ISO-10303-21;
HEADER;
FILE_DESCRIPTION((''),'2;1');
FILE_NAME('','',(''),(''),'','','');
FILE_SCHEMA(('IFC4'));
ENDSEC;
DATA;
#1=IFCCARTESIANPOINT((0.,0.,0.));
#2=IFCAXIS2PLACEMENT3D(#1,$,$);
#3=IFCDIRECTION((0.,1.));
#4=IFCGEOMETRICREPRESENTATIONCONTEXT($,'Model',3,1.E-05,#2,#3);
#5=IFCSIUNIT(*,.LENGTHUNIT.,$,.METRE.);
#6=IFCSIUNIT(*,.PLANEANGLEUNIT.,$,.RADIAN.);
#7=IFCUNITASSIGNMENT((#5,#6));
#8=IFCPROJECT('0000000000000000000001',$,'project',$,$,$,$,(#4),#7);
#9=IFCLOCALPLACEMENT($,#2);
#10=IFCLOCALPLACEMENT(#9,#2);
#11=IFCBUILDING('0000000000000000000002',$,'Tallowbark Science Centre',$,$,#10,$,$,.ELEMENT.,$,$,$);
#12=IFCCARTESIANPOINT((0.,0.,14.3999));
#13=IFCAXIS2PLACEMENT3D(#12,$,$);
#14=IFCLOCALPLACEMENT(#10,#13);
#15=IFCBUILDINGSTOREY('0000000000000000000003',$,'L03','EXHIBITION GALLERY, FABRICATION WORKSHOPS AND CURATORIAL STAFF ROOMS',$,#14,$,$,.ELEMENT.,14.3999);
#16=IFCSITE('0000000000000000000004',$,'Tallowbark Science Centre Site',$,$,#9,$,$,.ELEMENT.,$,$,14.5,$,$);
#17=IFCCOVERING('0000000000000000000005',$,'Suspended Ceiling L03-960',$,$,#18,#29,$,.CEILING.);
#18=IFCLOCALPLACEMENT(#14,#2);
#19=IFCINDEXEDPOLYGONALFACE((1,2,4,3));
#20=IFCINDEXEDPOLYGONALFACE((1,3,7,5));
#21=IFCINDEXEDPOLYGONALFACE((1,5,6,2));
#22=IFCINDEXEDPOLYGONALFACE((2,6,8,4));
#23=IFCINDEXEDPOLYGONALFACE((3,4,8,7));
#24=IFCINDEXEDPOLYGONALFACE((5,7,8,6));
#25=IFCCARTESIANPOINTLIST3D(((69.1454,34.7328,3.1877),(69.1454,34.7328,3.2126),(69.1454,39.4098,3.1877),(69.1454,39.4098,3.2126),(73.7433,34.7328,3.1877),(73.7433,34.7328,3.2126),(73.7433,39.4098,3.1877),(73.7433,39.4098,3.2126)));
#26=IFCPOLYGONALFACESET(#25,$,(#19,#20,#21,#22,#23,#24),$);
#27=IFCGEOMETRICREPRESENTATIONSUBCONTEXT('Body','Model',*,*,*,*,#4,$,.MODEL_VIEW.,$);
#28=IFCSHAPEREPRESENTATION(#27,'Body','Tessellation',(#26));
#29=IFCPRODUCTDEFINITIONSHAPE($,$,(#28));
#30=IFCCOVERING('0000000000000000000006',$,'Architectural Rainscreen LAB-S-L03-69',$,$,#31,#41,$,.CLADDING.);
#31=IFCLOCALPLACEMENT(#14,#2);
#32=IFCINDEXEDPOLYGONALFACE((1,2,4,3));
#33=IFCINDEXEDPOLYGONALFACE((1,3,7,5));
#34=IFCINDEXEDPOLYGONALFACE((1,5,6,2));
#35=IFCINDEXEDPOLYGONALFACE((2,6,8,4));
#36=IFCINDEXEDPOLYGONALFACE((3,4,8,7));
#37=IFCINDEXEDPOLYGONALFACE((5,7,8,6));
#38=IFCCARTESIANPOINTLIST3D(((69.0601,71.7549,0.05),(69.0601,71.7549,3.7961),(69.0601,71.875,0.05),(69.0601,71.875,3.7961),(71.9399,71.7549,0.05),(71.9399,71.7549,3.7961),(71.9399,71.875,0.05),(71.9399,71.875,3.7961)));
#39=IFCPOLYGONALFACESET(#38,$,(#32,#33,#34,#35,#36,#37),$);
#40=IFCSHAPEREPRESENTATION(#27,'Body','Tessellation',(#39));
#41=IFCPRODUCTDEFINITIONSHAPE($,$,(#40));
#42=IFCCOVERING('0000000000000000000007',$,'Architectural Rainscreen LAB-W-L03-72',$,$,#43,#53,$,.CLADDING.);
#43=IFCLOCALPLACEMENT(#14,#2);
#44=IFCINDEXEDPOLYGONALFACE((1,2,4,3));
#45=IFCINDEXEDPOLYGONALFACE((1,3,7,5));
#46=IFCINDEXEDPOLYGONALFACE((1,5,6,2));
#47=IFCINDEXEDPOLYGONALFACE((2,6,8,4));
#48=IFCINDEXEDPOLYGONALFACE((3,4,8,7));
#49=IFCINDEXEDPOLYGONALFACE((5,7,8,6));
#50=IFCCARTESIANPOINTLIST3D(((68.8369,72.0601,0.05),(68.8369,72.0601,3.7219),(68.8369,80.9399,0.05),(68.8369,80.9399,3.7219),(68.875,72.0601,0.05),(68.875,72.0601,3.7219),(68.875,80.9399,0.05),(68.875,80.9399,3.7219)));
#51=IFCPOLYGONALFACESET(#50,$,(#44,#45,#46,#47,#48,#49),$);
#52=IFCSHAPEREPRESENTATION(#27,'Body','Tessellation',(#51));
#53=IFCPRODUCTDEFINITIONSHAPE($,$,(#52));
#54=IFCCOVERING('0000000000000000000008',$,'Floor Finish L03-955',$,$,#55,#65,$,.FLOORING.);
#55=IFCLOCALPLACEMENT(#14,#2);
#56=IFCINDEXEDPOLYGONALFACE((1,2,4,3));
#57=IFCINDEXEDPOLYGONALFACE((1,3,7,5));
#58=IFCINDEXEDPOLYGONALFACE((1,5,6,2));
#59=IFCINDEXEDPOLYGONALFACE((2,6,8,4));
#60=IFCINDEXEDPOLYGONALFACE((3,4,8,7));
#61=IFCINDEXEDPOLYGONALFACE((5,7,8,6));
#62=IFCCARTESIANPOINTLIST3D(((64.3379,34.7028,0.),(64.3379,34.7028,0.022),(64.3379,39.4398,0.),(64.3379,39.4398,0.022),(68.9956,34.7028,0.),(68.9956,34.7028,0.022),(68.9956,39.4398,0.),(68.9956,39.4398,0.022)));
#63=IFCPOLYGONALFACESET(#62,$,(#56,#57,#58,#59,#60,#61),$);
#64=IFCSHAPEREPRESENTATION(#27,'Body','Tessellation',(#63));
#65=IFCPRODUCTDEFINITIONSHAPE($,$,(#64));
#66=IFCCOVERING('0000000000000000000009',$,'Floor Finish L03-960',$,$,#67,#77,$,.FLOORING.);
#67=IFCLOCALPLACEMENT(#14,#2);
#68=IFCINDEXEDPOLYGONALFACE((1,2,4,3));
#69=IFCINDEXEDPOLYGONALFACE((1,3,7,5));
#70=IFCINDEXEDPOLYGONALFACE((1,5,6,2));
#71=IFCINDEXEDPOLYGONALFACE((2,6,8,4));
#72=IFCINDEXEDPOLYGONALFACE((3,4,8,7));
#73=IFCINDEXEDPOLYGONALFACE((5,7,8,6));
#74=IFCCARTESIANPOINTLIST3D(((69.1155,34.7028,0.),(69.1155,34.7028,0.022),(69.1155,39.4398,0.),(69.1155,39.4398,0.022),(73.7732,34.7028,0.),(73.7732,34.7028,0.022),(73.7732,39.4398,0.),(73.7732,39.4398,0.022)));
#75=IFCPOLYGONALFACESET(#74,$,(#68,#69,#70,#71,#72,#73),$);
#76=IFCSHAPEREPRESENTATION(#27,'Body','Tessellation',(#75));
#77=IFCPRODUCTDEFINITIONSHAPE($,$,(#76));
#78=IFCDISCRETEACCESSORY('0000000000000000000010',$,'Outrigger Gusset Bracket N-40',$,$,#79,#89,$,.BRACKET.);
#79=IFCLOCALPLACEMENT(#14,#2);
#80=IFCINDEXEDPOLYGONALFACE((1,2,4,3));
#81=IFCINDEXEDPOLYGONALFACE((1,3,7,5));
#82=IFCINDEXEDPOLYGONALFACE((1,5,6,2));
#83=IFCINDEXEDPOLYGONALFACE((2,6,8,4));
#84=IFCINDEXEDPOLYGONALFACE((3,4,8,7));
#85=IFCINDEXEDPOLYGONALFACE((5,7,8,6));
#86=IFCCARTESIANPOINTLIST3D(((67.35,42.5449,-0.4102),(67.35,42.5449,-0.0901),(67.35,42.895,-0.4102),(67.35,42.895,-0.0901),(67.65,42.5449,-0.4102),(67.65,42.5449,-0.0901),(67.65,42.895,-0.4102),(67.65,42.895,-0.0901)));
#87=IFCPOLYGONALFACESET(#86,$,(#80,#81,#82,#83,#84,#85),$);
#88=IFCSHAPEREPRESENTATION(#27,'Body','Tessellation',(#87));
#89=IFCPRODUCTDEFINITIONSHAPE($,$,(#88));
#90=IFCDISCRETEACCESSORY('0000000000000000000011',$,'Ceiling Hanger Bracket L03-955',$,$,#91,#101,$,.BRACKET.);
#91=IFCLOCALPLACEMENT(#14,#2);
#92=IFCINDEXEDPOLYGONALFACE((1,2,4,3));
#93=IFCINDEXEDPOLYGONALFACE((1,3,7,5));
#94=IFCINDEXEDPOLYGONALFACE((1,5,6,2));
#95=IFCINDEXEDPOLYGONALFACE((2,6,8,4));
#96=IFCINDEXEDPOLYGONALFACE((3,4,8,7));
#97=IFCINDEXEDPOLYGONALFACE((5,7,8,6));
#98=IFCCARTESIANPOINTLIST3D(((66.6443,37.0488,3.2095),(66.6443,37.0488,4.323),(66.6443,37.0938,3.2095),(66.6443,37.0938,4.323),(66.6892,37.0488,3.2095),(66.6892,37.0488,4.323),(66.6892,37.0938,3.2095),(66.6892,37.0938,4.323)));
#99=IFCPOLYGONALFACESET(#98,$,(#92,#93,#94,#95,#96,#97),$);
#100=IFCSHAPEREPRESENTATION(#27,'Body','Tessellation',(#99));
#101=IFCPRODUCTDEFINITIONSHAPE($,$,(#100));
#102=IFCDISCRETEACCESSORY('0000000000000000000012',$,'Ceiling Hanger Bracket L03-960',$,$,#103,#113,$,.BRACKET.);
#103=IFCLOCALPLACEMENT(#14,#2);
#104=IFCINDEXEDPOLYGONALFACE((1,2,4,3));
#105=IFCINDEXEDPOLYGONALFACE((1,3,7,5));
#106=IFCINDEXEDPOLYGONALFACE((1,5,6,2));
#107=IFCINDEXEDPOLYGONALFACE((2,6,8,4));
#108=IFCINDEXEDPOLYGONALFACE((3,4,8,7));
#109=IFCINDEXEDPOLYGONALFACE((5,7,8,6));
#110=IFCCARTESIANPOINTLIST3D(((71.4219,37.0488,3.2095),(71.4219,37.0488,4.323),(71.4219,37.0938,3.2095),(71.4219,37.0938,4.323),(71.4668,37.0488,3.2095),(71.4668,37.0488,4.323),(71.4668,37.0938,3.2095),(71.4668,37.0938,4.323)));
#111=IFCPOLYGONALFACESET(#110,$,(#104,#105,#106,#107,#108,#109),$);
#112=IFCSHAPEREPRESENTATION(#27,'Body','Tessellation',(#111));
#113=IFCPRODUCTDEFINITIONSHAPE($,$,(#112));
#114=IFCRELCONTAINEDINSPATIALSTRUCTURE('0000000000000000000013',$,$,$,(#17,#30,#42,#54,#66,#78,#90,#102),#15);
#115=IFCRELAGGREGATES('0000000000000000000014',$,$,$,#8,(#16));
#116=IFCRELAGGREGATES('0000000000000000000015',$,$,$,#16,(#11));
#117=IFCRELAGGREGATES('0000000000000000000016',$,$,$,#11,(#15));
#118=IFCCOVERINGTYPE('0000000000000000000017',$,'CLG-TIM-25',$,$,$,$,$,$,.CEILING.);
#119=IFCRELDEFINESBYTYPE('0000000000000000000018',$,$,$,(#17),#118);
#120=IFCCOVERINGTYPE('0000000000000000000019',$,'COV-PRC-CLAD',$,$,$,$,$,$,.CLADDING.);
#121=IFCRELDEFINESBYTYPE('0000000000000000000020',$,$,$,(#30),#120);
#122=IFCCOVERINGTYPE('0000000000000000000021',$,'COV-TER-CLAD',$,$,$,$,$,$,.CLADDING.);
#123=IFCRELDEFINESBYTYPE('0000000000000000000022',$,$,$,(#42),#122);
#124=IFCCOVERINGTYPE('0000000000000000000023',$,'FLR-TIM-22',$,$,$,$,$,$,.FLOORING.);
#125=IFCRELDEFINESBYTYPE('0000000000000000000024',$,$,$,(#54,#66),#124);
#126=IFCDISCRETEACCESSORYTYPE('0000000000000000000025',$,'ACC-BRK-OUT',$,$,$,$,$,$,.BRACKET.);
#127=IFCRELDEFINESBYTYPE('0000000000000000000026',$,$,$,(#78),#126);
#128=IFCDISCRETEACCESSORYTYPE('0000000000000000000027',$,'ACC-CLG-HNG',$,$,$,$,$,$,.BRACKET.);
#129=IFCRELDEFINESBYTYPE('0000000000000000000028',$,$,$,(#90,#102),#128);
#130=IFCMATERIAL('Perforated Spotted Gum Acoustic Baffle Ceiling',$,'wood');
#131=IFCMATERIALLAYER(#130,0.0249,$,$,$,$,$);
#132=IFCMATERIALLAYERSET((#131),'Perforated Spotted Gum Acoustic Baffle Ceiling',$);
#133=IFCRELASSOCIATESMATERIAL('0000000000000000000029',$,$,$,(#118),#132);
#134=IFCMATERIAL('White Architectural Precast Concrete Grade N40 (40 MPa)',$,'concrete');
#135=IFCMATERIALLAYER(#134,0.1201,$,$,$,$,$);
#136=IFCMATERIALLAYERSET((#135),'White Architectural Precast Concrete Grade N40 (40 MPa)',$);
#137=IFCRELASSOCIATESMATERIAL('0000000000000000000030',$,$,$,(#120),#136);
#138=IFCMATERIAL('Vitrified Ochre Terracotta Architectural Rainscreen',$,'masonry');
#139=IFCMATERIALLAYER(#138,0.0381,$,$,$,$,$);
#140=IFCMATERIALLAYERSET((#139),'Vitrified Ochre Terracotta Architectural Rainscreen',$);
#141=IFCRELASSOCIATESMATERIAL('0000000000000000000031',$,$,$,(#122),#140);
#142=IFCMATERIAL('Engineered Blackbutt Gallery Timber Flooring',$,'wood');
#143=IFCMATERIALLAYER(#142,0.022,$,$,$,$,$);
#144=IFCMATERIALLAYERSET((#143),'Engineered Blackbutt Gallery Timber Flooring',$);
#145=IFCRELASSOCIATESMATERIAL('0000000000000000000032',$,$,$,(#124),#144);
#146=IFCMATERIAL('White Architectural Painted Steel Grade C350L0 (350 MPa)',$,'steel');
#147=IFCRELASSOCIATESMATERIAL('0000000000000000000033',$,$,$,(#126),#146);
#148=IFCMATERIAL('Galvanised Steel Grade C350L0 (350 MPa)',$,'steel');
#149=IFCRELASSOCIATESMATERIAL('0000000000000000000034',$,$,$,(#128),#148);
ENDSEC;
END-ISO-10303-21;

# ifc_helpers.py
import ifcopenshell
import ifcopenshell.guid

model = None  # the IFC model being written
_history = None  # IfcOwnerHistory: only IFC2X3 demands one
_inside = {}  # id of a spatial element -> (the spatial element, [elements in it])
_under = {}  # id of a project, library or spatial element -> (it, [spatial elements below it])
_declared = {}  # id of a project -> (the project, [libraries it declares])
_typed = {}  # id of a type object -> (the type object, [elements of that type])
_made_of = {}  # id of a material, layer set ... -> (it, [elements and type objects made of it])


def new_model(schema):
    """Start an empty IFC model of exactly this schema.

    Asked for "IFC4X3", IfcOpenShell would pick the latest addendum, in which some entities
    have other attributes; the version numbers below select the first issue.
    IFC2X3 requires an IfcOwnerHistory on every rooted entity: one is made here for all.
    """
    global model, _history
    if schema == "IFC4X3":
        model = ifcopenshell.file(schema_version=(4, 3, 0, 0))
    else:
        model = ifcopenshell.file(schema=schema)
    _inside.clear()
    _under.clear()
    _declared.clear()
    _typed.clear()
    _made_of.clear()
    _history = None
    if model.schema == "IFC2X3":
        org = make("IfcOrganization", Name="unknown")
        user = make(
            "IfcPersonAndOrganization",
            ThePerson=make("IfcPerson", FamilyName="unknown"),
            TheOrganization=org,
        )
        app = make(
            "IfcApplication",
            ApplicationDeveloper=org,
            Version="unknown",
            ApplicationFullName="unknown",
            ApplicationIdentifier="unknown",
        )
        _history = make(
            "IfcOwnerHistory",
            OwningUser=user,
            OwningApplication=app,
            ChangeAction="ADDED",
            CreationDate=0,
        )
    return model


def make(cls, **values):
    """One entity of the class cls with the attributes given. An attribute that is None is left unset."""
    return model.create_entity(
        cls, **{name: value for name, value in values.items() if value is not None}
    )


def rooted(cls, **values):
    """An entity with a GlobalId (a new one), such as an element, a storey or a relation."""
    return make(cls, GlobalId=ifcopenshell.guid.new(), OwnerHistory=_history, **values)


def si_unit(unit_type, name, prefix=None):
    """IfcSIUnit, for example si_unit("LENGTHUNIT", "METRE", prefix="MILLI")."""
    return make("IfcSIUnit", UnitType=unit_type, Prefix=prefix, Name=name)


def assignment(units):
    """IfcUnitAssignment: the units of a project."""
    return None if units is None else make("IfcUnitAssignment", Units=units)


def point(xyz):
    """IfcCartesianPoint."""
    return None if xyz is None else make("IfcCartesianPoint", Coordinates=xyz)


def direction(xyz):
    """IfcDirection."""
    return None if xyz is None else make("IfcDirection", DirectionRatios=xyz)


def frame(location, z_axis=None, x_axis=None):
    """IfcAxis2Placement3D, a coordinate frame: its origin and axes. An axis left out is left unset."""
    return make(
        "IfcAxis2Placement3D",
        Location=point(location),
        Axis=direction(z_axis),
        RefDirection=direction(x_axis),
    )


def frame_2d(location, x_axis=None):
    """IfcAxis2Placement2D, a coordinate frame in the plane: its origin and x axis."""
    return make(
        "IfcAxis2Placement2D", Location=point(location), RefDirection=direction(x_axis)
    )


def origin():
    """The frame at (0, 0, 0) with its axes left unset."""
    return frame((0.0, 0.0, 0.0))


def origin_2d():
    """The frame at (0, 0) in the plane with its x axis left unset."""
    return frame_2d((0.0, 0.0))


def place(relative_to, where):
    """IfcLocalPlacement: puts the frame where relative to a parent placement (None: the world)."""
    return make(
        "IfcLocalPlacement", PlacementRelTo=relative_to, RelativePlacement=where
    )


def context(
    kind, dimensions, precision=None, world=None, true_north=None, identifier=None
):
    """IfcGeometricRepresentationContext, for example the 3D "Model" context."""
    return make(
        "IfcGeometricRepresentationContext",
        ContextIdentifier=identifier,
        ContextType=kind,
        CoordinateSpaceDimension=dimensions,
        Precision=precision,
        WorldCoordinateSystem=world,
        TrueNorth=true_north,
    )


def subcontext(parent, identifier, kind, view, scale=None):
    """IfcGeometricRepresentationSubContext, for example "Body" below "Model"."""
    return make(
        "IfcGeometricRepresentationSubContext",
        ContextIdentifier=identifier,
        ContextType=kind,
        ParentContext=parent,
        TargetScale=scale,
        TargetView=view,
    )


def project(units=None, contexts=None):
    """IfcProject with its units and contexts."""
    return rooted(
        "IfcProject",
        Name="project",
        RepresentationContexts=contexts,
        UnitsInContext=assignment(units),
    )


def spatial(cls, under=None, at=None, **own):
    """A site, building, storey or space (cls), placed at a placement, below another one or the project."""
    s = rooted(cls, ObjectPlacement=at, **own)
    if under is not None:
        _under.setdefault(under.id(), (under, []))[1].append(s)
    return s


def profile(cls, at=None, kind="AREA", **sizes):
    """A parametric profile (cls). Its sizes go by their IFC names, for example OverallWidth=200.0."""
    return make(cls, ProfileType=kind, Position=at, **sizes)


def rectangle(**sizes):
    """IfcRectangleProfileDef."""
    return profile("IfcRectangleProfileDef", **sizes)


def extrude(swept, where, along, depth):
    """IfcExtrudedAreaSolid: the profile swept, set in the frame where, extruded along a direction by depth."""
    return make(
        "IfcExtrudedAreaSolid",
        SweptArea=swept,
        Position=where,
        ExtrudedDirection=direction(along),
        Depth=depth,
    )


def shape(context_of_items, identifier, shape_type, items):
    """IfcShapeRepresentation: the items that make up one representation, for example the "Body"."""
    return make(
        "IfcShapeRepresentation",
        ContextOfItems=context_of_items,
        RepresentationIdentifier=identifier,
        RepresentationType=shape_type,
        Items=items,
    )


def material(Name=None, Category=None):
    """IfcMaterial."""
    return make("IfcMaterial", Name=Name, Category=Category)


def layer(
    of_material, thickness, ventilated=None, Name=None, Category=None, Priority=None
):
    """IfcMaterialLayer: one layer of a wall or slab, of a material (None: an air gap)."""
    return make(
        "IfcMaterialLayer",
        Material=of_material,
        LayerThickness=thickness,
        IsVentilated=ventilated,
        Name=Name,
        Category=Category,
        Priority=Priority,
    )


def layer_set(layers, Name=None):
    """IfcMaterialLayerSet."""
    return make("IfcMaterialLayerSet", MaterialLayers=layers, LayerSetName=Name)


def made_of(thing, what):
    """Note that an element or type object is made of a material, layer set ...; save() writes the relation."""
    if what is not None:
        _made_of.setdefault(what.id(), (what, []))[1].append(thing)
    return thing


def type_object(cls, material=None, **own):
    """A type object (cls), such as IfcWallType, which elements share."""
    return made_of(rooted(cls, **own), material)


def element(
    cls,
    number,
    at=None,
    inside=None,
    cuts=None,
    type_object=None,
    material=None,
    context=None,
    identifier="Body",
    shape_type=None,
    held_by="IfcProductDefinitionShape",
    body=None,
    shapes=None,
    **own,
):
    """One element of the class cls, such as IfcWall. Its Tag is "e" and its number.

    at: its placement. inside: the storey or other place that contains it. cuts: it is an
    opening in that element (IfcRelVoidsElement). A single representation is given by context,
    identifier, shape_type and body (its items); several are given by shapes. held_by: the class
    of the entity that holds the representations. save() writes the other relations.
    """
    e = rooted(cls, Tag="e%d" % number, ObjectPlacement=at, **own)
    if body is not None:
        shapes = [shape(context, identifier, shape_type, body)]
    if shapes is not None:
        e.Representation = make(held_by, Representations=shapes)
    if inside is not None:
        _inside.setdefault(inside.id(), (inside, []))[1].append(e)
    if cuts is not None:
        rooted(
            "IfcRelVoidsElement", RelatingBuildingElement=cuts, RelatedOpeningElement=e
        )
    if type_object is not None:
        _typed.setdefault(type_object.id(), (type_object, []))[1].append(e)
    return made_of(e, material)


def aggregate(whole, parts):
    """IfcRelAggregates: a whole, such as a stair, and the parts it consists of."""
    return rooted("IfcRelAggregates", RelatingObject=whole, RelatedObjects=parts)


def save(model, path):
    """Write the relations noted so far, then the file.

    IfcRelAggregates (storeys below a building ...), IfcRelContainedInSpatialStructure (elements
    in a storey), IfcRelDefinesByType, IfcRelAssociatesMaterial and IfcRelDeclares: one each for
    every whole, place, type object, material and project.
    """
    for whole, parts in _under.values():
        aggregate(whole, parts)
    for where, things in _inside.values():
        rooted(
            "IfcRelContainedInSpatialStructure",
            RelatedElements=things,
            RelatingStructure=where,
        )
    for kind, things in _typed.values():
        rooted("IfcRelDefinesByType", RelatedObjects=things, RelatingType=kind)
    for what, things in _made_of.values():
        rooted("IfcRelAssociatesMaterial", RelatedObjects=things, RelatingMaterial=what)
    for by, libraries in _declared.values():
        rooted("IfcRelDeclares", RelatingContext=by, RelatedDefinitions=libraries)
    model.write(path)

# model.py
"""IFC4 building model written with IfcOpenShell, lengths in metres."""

from ifc_helpers import new_model, si_unit, direction, frame, origin, origin_2d, place, context, subcontext, project, spatial, rectangle, extrude, material, layer, layer_set, type_object, element, save


model = new_model("IFC4")

# Units and contexts
model_context = context("Model", 3, precision=1e-05, world=origin(), true_north=direction((0.0, 1.0)))
body_context = subcontext(model_context, "Body", "Model", "MODEL_VIEW")
ifc_project = project(units=[si_unit("LENGTHUNIT", "METRE"), si_unit("PLANEANGLEUNIT", "RADIAN")], contexts=[model_context])

# Site, building, storey
site_placement = place(None, origin())
site = spatial("IfcSite", under=ifc_project, at=site_placement, Name="Tallowbark Science Centre Site", CompositionType="ELEMENT", RefElevation=14.5)
building_placement = place(site_placement, origin())
building = spatial("IfcBuilding", under=site, at=building_placement, Name="Tallowbark Science Centre", CompositionType="ELEMENT")
storey_placement = place(building_placement, frame((0.0, 0.0, 14.3999)))
storey = spatial("IfcBuildingStorey", under=building, at=storey_placement, Name="L03", Description="EXHIBITION GALLERY, FABRICATION WORKSHOPS AND CURATORIAL STAFF ROOMS", CompositionType="ELEMENT", Elevation=14.3999)

# Shared definitions
ifc_material_1 = material(Name="White Architectural Painted Steel Grade C350L0 (350 MPa)", Category="steel")

# Coverings
ifc_material_2 = material(Name="Perforated Spotted Gum Acoustic Baffle Ceiling", Category="wood")
ifc_layer_1 = layer(ifc_material_2, 0.0249)
ifc_layer_set_1 = layer_set([ifc_layer_1], Name="Perforated Spotted Gum Acoustic Baffle Ceiling")
covering_type_1 = type_object("IfcCoveringType", Name="CLG-TIM-25", PredefinedType="CEILING", material=ifc_layer_set_1)
for number, where, z_axis, x_axis, name in (
    (1, (71.4443, 37.0713, 3.1877), (0.0, 0.0, 1.0), (1.0, 0.0, 0.0), "Suspended Ceiling L03-960"),
):
    element("IfcCovering", number, at=place(storey_placement, frame(where, z_axis=z_axis, x_axis=x_axis)), inside=storey, type_object=covering_type_1, Name=name, PredefinedType="CEILING", context=body_context, shape_type="SweptSolid", body=[
        extrude(rectangle(XDim=4.5979, YDim=4.677, at=origin_2d()), origin(), (0.0, 0.0, 1.0), 0.0249),
    ])
ifc_material_3 = material(Name="White Architectural Precast Concrete Grade N40 (40 MPa)", Category="concrete")
ifc_layer_2 = layer(ifc_material_3, 0.1201)
ifc_layer_set_2 = layer_set([ifc_layer_2], Name="White Architectural Precast Concrete Grade N40 (40 MPa)")
covering_type_2 = type_object("IfcCoveringType", Name="COV-PRC-CLAD", PredefinedType="CLADDING", material=ifc_layer_set_2)
covering_1_placement = place(storey_placement, frame((70.5, 71.8149, 0.05), z_axis=(0.0, 0.0, 1.0), x_axis=(1.0, 0.0, 0.0)))
element("IfcCovering", 2, at=covering_1_placement, inside=storey, type_object=covering_type_2, Name="Architectural Rainscreen LAB-S-L03-69", PredefinedType="CLADDING", context=body_context, shape_type="SweptSolid", body=[
    extrude(rectangle(XDim=2.8799, YDim=0.1201, at=origin_2d()), origin(), (0.0, 0.0, 1.0), 3.7461),
])
ifc_material_4 = material(Name="Vitrified Ochre Terracotta Architectural Rainscreen", Category="masonry")
ifc_layer_3 = layer(ifc_material_4, 0.0381)
ifc_layer_set_3 = layer_set([ifc_layer_3], Name="Vitrified Ochre Terracotta Architectural Rainscreen")
covering_type_3 = type_object("IfcCoveringType", Name="COV-TER-CLAD", PredefinedType="CLADDING", material=ifc_layer_set_3)
covering_2_placement = place(storey_placement, frame((68.856, 76.5, 0.05), z_axis=(0.0, 0.0, 1.0), x_axis=(0.0, -1.0, 0.0)))
element("IfcCovering", 3, at=covering_2_placement, inside=storey, type_object=covering_type_3, Name="Architectural Rainscreen LAB-W-L03-72", PredefinedType="CLADDING", context=body_context, shape_type="SweptSolid", body=[
    extrude(rectangle(XDim=8.8799, YDim=0.0381, at=origin_2d()), origin(), (0.0, 0.0, 1.0), 3.6719),
])
ifc_material_5 = material(Name="Engineered Blackbutt Gallery Timber Flooring", Category="wood")
ifc_layer_4 = layer(ifc_material_5, 0.022)
ifc_layer_set_4 = layer_set([ifc_layer_4], Name="Engineered Blackbutt Gallery Timber Flooring")
covering_type_4 = type_object("IfcCoveringType", Name="FLR-TIM-22", PredefinedType="FLOORING", material=ifc_layer_set_4)
for number, where, z_axis, x_axis, name in (
    (4, (66.6667, 37.0713, 0.0), (0.0, 0.0, 1.0), (1.0, 0.0, 0.0), "Floor Finish L03-955"),
    (5, (71.4443, 37.0713, 0.0), (0.0, 0.0, 1.0), (1.0, 0.0, 0.0), "Floor Finish L03-960"),
):
    element("IfcCovering", number, at=place(storey_placement, frame(where, z_axis=z_axis, x_axis=x_axis)), inside=storey, type_object=covering_type_4, Name=name, PredefinedType="FLOORING", context=body_context, shape_type="SweptSolid", body=[
        extrude(rectangle(XDim=4.6577, YDim=4.7371, at=origin_2d()), origin(), (0.0, 0.0, 1.0), 0.022),
    ])

# Discrete accessories
discrete_accessory_type_1 = type_object("IfcDiscreteAccessoryType", Name="ACC-BRK-OUT", PredefinedType="BRACKET", material=ifc_material_1)
discrete_accessory_placement = place(storey_placement, frame((67.5, 42.72, -0.4102), z_axis=(0.0, 0.0, 1.0), x_axis=(1.0, 0.0, 0.0)))
element("IfcDiscreteAccessory", 6, at=discrete_accessory_placement, inside=storey, type_object=discrete_accessory_type_1, Name="Outrigger Gusset Bracket N-40", PredefinedType="BRACKET", context=body_context, shape_type="SweptSolid", body=[
    extrude(rectangle(XDim=0.3, YDim=0.3501, at=origin_2d()), origin(), (0.0, 0.0, 1.0), 0.3201),
])
ifc_material_6 = material(Name="Galvanised Steel Grade C350L0 (350 MPa)", Category="steel")
discrete_accessory_type_2 = type_object("IfcDiscreteAccessoryType", Name="ACC-CLG-HNG", PredefinedType="BRACKET", material=ifc_material_6)
for number, where, z_axis, x_axis, name in (
    (7, (66.6667, 37.0713, 3.2095), (0.0, 0.0, 1.0), (1.0, 0.0, 0.0), "Ceiling Hanger Bracket L03-955"),
    (8, (71.4443, 37.0713, 3.2095), (0.0, 0.0, 1.0), (1.0, 0.0, 0.0), "Ceiling Hanger Bracket L03-960"),
):
    element("IfcDiscreteAccessory", number, at=place(storey_placement, frame(where, z_axis=z_axis, x_axis=x_axis)), inside=storey, type_object=discrete_accessory_type_2, Name=name, PredefinedType="BRACKET", context=body_context, shape_type="SweptSolid", body=[
        extrude(rectangle(XDim=0.0449, YDim=0.0449, at=origin_2d()), origin(), (0.0, 0.0, 1.0), 1.1135),
    ])

save(model, "model.ifc")
